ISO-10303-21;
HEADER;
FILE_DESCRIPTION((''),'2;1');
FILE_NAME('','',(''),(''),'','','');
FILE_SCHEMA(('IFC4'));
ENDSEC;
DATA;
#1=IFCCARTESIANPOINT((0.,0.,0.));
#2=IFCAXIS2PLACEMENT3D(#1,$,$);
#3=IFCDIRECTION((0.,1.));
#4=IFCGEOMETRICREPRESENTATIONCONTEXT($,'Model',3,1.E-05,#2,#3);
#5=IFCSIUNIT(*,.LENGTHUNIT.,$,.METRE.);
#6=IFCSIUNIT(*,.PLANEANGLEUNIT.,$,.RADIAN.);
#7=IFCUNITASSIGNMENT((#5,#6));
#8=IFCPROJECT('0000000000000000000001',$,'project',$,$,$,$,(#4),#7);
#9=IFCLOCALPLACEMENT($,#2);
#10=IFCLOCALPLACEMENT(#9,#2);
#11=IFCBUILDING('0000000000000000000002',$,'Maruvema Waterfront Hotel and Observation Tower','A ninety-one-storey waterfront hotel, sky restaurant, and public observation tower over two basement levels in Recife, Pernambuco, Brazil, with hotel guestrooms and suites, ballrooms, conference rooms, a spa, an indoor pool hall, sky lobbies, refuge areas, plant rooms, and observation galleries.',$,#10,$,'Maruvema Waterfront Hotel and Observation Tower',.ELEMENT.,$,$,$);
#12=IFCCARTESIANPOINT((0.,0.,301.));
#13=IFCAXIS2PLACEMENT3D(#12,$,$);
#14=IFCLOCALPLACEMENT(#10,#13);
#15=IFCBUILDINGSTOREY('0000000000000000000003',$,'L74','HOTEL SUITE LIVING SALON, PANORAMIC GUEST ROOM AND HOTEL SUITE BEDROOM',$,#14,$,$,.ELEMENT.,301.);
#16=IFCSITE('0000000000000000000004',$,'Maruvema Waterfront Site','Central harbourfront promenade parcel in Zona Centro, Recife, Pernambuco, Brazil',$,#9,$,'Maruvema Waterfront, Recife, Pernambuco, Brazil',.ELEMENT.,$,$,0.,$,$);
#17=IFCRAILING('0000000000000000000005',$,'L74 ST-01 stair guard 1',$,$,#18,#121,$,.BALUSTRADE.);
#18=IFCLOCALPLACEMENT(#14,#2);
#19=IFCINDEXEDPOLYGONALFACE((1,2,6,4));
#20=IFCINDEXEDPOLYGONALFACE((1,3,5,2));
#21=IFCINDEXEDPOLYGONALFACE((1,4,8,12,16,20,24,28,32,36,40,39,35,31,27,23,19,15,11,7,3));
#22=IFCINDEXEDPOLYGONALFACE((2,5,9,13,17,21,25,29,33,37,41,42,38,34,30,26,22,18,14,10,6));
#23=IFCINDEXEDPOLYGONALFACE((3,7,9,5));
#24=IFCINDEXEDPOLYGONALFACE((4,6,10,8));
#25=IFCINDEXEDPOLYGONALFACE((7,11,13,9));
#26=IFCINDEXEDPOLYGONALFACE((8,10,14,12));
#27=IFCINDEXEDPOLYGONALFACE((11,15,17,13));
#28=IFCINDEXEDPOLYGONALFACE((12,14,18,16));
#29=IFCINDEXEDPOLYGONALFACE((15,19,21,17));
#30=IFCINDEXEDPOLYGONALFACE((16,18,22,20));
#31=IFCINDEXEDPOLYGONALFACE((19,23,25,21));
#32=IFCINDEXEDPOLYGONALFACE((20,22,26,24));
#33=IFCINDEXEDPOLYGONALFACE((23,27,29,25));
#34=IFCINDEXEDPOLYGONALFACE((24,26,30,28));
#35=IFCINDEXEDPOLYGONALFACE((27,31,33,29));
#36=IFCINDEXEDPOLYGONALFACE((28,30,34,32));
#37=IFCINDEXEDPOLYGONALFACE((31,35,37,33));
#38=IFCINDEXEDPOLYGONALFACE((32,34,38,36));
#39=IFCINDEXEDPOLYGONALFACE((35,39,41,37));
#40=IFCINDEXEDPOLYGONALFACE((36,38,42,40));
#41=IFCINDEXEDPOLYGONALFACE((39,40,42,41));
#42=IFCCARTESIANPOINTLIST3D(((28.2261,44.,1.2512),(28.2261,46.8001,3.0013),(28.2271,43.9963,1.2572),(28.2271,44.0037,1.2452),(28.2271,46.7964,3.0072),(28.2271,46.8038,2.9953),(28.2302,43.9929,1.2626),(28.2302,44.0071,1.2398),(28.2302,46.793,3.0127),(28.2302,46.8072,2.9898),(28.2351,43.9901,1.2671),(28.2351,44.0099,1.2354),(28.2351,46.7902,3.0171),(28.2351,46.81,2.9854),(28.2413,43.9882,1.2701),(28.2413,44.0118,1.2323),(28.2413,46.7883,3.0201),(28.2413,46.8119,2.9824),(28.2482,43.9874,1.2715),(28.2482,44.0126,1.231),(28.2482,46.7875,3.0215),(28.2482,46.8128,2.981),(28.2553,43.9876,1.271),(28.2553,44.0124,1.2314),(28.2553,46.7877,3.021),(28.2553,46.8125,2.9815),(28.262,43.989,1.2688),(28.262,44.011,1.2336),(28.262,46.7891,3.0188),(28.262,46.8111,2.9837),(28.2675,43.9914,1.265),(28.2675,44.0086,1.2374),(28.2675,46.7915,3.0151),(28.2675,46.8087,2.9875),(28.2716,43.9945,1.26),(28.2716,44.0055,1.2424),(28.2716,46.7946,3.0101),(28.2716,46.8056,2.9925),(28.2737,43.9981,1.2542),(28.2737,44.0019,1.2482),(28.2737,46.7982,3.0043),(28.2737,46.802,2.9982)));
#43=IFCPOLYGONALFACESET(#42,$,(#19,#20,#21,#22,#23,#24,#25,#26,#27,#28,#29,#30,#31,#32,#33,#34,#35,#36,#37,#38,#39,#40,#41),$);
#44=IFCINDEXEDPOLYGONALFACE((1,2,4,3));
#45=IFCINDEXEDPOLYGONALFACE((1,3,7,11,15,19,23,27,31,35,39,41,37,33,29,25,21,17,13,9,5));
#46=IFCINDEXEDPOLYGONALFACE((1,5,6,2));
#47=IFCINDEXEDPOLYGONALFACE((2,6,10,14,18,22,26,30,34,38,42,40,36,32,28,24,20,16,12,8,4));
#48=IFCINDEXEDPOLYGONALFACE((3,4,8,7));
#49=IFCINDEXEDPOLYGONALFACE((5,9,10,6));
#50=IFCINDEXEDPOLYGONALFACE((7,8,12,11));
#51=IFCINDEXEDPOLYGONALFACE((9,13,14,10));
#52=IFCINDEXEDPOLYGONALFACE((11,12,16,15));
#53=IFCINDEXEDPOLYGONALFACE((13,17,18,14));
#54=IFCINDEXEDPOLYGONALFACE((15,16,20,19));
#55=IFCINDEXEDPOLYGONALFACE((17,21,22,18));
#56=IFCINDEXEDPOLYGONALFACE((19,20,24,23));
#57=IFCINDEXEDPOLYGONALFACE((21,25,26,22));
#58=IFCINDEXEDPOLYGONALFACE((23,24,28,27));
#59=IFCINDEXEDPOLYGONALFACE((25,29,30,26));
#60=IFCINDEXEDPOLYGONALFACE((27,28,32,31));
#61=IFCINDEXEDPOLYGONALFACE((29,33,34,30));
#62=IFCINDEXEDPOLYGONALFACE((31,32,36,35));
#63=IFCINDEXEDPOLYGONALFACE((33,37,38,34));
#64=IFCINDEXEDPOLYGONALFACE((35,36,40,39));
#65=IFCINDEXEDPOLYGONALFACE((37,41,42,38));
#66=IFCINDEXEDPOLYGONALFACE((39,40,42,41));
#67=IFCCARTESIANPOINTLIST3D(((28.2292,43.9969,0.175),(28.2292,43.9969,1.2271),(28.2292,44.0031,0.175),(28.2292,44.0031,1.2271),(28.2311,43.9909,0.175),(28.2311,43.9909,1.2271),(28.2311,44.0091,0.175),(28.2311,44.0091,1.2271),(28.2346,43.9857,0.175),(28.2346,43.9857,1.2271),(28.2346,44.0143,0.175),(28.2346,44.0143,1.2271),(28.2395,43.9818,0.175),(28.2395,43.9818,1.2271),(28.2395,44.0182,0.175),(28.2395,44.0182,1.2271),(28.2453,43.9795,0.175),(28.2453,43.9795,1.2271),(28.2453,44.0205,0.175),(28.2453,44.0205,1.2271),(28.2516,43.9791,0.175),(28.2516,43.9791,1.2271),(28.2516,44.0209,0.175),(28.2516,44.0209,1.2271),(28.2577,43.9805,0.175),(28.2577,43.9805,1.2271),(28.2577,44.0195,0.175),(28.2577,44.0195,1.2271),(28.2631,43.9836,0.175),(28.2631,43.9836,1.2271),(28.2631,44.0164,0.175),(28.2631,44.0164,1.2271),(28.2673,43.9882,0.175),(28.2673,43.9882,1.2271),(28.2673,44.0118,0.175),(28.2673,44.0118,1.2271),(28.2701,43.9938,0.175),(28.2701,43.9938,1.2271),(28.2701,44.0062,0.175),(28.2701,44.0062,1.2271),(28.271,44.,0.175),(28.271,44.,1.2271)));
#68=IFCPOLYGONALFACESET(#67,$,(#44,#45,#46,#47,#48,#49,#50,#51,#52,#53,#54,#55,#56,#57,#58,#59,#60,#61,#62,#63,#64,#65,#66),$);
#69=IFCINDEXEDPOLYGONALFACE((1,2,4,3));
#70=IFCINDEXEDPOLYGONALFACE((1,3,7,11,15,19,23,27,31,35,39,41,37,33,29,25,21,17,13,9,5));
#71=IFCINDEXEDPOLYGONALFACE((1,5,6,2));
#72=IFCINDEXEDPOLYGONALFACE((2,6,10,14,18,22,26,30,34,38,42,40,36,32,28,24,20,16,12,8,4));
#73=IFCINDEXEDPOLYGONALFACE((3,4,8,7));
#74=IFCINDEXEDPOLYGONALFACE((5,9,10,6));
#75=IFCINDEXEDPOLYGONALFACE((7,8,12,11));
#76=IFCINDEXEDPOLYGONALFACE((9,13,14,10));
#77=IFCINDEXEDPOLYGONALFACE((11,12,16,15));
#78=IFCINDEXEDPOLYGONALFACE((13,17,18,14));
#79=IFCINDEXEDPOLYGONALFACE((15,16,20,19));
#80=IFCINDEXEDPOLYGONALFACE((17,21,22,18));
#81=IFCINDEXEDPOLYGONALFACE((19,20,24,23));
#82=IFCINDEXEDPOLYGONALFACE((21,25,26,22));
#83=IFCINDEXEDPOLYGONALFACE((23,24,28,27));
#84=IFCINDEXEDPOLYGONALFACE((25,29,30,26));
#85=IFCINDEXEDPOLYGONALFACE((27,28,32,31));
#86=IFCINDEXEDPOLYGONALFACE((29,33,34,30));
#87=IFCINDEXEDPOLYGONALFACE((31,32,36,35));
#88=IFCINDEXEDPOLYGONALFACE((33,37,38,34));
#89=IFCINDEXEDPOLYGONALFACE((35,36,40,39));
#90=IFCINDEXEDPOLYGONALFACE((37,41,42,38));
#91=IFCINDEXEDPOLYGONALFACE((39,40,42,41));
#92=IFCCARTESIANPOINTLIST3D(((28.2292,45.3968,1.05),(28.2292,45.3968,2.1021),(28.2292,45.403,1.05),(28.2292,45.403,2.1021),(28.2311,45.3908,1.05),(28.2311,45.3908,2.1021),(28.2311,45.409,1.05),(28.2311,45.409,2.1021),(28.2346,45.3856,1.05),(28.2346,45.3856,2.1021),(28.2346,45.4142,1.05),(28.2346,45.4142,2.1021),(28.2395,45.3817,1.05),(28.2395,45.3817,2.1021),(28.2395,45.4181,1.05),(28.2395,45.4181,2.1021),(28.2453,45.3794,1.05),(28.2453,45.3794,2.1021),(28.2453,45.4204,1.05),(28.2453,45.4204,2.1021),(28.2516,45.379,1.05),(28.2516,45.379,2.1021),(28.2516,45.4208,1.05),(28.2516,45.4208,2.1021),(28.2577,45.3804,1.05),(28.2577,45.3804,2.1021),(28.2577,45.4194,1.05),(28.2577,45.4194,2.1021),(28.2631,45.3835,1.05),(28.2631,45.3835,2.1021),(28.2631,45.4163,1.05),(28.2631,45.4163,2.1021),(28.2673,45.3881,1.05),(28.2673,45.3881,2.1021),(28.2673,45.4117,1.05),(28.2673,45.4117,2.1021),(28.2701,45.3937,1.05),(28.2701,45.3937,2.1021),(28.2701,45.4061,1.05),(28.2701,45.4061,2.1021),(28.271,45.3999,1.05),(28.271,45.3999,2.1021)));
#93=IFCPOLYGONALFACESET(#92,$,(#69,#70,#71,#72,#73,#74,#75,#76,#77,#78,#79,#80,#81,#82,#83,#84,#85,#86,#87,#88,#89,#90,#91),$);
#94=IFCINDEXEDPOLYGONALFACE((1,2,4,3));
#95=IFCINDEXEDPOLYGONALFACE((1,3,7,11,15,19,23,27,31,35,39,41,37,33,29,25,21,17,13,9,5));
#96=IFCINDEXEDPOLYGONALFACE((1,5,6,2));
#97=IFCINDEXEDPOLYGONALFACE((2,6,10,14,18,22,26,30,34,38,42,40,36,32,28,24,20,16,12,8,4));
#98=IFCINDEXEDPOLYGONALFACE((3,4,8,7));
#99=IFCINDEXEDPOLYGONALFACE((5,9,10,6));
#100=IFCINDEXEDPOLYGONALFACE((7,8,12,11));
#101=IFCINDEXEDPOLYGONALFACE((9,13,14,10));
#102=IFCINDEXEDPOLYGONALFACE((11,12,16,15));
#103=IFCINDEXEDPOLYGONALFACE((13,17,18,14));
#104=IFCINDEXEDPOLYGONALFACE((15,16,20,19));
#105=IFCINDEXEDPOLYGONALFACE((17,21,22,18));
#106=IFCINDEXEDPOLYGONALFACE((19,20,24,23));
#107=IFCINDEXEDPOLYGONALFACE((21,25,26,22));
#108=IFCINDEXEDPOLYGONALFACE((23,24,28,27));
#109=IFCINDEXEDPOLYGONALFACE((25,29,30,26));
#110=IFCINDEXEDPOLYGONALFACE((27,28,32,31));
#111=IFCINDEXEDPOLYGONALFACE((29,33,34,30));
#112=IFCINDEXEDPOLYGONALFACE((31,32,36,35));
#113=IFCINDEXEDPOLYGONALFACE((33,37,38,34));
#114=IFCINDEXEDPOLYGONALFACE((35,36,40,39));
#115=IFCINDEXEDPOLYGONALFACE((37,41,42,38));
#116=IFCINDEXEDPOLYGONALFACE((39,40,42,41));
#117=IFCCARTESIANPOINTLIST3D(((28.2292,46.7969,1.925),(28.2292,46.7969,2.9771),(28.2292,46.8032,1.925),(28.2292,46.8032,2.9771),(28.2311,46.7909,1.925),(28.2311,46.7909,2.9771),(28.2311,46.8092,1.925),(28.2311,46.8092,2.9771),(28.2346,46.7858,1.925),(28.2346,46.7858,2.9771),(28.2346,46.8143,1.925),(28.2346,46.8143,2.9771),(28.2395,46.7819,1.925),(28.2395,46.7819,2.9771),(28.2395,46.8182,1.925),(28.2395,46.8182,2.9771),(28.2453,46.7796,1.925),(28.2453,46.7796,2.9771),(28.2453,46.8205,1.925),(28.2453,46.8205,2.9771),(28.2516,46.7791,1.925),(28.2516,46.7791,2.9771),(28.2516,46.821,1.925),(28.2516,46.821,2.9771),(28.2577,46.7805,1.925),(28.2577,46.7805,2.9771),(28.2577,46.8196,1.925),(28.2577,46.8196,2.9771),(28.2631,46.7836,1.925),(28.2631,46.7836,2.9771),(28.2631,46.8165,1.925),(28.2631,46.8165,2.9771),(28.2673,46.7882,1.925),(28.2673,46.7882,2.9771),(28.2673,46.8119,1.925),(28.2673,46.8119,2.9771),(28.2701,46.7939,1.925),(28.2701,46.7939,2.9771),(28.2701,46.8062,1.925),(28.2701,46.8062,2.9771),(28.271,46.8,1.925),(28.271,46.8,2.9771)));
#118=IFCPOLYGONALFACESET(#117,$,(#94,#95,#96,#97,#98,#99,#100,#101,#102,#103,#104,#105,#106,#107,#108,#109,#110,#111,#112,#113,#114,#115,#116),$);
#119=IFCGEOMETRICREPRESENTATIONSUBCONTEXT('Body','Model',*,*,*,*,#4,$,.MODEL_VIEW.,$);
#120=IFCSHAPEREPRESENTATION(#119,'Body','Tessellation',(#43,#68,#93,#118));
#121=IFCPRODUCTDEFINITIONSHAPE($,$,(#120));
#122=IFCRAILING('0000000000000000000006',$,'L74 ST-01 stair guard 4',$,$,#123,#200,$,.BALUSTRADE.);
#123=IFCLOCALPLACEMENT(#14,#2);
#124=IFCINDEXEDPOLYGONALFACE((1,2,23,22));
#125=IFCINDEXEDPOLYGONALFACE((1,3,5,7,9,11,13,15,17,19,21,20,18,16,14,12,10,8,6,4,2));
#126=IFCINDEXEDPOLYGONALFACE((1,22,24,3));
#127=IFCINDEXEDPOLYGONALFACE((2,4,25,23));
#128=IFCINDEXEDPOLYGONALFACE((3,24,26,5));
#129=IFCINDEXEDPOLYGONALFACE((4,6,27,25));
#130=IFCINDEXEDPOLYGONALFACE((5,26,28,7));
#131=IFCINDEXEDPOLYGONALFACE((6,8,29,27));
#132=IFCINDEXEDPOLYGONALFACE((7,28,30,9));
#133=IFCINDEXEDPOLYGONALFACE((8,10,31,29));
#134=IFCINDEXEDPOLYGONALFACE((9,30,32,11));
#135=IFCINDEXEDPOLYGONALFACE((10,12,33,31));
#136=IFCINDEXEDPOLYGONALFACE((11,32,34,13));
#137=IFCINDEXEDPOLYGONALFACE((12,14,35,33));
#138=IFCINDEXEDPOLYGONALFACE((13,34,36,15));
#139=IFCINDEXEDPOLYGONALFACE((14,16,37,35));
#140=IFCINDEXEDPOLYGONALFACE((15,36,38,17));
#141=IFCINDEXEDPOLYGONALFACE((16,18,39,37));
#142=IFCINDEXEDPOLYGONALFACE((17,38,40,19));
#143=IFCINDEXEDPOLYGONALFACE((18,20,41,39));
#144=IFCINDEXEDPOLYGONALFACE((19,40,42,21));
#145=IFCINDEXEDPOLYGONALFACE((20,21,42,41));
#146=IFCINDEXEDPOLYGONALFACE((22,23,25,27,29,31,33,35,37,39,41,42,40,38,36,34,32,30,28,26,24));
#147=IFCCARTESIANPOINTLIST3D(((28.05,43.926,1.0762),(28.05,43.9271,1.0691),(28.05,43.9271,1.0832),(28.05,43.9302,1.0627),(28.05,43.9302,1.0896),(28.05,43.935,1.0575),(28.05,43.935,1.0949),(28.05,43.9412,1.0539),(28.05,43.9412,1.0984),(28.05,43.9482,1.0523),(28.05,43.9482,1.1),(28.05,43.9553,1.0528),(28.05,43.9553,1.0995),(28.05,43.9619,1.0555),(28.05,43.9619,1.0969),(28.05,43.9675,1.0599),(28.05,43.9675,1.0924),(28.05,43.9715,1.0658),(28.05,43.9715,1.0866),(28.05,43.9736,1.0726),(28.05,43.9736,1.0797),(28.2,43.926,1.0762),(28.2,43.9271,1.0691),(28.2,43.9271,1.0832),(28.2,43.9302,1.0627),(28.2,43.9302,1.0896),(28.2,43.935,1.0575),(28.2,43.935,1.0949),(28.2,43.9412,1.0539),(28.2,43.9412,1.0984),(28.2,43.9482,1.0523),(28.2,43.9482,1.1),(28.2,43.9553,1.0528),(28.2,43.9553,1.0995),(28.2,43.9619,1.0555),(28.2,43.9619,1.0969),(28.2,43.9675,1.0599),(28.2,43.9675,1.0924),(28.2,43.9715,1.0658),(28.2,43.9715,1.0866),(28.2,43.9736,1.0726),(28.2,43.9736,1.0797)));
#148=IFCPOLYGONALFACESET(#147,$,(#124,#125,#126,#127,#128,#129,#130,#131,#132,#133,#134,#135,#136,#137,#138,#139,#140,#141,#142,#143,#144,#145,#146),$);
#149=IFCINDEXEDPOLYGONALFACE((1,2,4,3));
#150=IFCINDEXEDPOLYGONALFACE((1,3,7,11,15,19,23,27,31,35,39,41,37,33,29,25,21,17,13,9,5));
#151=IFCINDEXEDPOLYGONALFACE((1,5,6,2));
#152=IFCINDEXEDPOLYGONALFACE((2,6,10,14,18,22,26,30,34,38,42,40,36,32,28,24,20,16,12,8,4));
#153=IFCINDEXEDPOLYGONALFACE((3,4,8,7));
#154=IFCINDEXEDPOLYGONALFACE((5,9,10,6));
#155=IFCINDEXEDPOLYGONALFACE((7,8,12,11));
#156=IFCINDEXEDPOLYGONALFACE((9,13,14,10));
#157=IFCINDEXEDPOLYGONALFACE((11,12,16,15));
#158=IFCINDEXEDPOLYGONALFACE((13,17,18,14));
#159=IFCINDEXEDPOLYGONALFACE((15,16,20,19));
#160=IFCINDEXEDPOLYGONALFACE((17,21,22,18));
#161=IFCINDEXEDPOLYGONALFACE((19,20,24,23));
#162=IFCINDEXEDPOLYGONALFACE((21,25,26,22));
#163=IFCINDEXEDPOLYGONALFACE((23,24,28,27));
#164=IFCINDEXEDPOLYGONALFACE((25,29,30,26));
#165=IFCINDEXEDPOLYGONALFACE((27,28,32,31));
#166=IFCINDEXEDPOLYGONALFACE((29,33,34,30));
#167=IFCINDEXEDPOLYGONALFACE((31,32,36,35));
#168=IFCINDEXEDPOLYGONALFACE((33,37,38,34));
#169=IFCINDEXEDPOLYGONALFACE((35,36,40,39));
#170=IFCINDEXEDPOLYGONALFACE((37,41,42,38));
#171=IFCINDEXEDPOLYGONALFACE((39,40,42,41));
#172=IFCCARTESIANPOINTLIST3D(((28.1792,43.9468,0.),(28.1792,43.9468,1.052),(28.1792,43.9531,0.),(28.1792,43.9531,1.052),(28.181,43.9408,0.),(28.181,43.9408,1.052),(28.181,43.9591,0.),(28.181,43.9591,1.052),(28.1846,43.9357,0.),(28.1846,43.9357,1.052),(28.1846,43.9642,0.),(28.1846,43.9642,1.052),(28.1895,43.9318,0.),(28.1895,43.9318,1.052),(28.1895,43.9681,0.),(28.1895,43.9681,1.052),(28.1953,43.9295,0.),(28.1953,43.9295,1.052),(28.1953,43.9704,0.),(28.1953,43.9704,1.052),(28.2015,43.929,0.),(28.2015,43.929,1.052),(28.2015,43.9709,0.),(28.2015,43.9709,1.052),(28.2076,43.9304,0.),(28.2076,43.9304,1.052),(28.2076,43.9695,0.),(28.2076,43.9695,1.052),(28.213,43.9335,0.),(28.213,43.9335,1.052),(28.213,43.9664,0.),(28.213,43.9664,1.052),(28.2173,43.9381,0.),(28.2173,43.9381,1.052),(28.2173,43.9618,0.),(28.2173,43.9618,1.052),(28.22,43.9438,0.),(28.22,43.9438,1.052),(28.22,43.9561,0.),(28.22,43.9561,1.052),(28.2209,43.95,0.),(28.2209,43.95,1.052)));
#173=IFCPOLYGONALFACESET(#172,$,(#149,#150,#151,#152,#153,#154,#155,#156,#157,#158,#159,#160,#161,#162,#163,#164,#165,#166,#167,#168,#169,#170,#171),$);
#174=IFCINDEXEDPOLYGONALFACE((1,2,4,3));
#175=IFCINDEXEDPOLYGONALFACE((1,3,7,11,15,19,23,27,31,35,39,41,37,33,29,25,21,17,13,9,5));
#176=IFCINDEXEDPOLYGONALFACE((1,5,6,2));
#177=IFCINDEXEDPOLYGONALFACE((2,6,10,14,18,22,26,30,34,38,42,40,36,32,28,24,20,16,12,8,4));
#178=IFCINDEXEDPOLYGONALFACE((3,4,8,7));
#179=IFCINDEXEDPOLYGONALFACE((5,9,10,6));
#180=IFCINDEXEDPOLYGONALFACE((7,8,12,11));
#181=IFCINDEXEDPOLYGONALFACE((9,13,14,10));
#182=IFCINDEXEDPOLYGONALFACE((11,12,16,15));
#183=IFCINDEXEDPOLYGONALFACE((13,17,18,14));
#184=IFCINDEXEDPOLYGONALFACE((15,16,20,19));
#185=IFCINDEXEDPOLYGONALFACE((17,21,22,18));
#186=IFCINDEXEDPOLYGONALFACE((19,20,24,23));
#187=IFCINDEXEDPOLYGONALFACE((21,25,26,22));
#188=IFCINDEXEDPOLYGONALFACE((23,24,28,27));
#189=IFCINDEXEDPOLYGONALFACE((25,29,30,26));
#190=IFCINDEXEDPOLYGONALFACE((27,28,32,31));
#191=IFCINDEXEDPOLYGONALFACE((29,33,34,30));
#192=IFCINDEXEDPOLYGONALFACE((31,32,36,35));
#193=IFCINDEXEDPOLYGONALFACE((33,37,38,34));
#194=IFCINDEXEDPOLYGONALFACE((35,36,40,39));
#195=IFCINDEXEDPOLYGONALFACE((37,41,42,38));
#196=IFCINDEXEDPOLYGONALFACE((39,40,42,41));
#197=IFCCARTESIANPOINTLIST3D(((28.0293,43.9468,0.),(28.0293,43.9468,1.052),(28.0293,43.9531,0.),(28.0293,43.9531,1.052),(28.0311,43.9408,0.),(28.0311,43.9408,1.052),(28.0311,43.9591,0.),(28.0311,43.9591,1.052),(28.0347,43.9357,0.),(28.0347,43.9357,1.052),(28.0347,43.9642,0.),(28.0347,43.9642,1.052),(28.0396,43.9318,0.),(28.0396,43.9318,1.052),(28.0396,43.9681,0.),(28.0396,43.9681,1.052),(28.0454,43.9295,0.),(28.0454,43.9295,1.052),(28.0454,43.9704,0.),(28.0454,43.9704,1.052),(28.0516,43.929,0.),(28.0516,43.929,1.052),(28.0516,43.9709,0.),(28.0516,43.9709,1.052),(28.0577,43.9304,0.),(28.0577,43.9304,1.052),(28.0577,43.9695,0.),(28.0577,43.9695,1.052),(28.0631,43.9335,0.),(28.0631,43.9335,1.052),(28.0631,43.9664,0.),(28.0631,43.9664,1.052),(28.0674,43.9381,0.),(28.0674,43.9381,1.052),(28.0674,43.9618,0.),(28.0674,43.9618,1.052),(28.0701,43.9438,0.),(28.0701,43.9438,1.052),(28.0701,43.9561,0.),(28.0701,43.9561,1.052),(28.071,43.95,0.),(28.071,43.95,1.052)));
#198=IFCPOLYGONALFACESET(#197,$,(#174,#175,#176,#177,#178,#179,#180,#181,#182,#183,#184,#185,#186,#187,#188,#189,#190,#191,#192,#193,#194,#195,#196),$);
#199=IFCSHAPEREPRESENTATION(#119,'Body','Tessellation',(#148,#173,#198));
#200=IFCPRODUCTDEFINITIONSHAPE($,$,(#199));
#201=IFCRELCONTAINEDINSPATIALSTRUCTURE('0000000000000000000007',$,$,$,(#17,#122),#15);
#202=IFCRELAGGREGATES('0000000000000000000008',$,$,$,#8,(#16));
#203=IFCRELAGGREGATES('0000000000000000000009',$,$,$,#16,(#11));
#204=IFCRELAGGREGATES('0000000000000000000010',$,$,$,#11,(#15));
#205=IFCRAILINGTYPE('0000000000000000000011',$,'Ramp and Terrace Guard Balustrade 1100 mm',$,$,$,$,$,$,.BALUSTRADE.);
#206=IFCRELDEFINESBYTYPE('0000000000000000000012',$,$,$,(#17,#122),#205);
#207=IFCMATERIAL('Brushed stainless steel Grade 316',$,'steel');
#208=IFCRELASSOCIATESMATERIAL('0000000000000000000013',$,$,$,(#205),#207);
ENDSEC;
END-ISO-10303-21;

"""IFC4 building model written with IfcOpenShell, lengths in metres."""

from ifc_helpers import new_model, si_unit, direction, frame, origin, origin_2d, place, context, subcontext, project, spatial, circle, extrude, material, type_object, element, save


model = new_model("IFC4")

# Units and contexts
model_context = context("Model", 3, precision=1e-05, world=origin(), true_north=direction((0.0, 1.0)))
body_context = subcontext(model_context, "Body", "Model", "MODEL_VIEW")
ifc_project = project(units=[si_unit("LENGTHUNIT", "METRE"), si_unit("PLANEANGLEUNIT", "RADIAN")], contexts=[model_context])

# Site, building, storey
site_placement = place(None, origin())
site = spatial("IfcSite", under=ifc_project, at=site_placement, Name="Maruvema Waterfront Site", Description="Central harbourfront promenade parcel in Zona Centro, Recife, Pernambuco, Brazil", LongName="Maruvema Waterfront, Recife, Pernambuco, Brazil", CompositionType="ELEMENT", RefElevation=0.0)
building_placement = place(site_placement, origin())
building = spatial("IfcBuilding", under=site, at=building_placement, Name="Maruvema Waterfront Hotel and Observation Tower", Description="A ninety-one-storey waterfront hotel, sky restaurant, and public observation tower over two basement levels in Recife, Pernambuco, Brazil, with hotel guestrooms and suites, ballrooms, conference rooms, a spa, an indoor pool hall, sky lobbies, refuge areas, plant rooms, and observation galleries.", LongName="Maruvema Waterfront Hotel and Observation Tower", CompositionType="ELEMENT")
storey_placement = place(building_placement, frame((0.0, 0.0, 301.0)))
storey = spatial("IfcBuildingStorey", under=building, at=storey_placement, Name="L74", Description="HOTEL SUITE LIVING SALON, PANORAMIC GUEST ROOM AND HOTEL SUITE BEDROOM", CompositionType="ELEMENT", Elevation=301.0)

# Railings
ifc_material_1 = material(Name="Brushed stainless steel Grade 316", Category="steel")
railing_type_1 = type_object("IfcRailingType", Name="Ramp and Terrace Guard Balustrade 1100 mm", PredefinedType="BALUSTRADE", material=ifc_material_1)
railing_1_placement = place(storey_placement, frame((28.25, 44.0, 0.175)))
element("IfcRailing", 1, at=railing_1_placement, inside=storey, type_object=railing_type_1, Name="L74 ST-01 stair guard 1", PredefinedType="BALUSTRADE", context=body_context, shape_type="SweptSolid", body=[
    extrude(circle(Radius=0.0239, at=origin_2d()), frame((0.0, 0.0, 1.0762), z_axis=(0.0, 0.848002, 0.529992), x_axis=(-1.0, 0.0, 0.0)), (0.0, 0.0, 1.0), 3.302),
    extrude(circle(Radius=0.021, at=origin_2d()), origin(), (0.0, 0.0, 1.0), 1.052),
    extrude(circle(Radius=0.021, at=origin_2d()), frame((0.0, 1.3999, 0.875)), (0.0, 0.0, 1.0), 1.052),
    extrude(circle(Radius=0.021, at=origin_2d()), frame((0.0, 2.8, 1.75)), (0.0, 0.0, 1.0), 1.052),
])
railing_2_placement = place(storey_placement, frame((28.2, 43.95, 0.0)))
element("IfcRailing", 2, at=railing_2_placement, inside=storey, type_object=railing_type_1, Name="L74 ST-01 stair guard 4", PredefinedType="BALUSTRADE", context=body_context, shape_type="SweptSolid", body=[
    extrude(circle(Radius=0.0239, at=origin_2d()), frame((0.0, 0.0, 1.0762), z_axis=(-1.0, 0.0, 0.0), x_axis=(0.0, -1.0, 0.0)), (0.0, 0.0, 1.0), 0.1499),
    extrude(circle(Radius=0.021, at=origin_2d()), origin(), (0.0, 0.0, 1.0), 1.052),
    extrude(circle(Radius=0.021, at=origin_2d()), frame((-0.1499, 0.0, 0.0)), (0.0, 0.0, 1.0), 1.052),
])

save(model, "model.ifc")
